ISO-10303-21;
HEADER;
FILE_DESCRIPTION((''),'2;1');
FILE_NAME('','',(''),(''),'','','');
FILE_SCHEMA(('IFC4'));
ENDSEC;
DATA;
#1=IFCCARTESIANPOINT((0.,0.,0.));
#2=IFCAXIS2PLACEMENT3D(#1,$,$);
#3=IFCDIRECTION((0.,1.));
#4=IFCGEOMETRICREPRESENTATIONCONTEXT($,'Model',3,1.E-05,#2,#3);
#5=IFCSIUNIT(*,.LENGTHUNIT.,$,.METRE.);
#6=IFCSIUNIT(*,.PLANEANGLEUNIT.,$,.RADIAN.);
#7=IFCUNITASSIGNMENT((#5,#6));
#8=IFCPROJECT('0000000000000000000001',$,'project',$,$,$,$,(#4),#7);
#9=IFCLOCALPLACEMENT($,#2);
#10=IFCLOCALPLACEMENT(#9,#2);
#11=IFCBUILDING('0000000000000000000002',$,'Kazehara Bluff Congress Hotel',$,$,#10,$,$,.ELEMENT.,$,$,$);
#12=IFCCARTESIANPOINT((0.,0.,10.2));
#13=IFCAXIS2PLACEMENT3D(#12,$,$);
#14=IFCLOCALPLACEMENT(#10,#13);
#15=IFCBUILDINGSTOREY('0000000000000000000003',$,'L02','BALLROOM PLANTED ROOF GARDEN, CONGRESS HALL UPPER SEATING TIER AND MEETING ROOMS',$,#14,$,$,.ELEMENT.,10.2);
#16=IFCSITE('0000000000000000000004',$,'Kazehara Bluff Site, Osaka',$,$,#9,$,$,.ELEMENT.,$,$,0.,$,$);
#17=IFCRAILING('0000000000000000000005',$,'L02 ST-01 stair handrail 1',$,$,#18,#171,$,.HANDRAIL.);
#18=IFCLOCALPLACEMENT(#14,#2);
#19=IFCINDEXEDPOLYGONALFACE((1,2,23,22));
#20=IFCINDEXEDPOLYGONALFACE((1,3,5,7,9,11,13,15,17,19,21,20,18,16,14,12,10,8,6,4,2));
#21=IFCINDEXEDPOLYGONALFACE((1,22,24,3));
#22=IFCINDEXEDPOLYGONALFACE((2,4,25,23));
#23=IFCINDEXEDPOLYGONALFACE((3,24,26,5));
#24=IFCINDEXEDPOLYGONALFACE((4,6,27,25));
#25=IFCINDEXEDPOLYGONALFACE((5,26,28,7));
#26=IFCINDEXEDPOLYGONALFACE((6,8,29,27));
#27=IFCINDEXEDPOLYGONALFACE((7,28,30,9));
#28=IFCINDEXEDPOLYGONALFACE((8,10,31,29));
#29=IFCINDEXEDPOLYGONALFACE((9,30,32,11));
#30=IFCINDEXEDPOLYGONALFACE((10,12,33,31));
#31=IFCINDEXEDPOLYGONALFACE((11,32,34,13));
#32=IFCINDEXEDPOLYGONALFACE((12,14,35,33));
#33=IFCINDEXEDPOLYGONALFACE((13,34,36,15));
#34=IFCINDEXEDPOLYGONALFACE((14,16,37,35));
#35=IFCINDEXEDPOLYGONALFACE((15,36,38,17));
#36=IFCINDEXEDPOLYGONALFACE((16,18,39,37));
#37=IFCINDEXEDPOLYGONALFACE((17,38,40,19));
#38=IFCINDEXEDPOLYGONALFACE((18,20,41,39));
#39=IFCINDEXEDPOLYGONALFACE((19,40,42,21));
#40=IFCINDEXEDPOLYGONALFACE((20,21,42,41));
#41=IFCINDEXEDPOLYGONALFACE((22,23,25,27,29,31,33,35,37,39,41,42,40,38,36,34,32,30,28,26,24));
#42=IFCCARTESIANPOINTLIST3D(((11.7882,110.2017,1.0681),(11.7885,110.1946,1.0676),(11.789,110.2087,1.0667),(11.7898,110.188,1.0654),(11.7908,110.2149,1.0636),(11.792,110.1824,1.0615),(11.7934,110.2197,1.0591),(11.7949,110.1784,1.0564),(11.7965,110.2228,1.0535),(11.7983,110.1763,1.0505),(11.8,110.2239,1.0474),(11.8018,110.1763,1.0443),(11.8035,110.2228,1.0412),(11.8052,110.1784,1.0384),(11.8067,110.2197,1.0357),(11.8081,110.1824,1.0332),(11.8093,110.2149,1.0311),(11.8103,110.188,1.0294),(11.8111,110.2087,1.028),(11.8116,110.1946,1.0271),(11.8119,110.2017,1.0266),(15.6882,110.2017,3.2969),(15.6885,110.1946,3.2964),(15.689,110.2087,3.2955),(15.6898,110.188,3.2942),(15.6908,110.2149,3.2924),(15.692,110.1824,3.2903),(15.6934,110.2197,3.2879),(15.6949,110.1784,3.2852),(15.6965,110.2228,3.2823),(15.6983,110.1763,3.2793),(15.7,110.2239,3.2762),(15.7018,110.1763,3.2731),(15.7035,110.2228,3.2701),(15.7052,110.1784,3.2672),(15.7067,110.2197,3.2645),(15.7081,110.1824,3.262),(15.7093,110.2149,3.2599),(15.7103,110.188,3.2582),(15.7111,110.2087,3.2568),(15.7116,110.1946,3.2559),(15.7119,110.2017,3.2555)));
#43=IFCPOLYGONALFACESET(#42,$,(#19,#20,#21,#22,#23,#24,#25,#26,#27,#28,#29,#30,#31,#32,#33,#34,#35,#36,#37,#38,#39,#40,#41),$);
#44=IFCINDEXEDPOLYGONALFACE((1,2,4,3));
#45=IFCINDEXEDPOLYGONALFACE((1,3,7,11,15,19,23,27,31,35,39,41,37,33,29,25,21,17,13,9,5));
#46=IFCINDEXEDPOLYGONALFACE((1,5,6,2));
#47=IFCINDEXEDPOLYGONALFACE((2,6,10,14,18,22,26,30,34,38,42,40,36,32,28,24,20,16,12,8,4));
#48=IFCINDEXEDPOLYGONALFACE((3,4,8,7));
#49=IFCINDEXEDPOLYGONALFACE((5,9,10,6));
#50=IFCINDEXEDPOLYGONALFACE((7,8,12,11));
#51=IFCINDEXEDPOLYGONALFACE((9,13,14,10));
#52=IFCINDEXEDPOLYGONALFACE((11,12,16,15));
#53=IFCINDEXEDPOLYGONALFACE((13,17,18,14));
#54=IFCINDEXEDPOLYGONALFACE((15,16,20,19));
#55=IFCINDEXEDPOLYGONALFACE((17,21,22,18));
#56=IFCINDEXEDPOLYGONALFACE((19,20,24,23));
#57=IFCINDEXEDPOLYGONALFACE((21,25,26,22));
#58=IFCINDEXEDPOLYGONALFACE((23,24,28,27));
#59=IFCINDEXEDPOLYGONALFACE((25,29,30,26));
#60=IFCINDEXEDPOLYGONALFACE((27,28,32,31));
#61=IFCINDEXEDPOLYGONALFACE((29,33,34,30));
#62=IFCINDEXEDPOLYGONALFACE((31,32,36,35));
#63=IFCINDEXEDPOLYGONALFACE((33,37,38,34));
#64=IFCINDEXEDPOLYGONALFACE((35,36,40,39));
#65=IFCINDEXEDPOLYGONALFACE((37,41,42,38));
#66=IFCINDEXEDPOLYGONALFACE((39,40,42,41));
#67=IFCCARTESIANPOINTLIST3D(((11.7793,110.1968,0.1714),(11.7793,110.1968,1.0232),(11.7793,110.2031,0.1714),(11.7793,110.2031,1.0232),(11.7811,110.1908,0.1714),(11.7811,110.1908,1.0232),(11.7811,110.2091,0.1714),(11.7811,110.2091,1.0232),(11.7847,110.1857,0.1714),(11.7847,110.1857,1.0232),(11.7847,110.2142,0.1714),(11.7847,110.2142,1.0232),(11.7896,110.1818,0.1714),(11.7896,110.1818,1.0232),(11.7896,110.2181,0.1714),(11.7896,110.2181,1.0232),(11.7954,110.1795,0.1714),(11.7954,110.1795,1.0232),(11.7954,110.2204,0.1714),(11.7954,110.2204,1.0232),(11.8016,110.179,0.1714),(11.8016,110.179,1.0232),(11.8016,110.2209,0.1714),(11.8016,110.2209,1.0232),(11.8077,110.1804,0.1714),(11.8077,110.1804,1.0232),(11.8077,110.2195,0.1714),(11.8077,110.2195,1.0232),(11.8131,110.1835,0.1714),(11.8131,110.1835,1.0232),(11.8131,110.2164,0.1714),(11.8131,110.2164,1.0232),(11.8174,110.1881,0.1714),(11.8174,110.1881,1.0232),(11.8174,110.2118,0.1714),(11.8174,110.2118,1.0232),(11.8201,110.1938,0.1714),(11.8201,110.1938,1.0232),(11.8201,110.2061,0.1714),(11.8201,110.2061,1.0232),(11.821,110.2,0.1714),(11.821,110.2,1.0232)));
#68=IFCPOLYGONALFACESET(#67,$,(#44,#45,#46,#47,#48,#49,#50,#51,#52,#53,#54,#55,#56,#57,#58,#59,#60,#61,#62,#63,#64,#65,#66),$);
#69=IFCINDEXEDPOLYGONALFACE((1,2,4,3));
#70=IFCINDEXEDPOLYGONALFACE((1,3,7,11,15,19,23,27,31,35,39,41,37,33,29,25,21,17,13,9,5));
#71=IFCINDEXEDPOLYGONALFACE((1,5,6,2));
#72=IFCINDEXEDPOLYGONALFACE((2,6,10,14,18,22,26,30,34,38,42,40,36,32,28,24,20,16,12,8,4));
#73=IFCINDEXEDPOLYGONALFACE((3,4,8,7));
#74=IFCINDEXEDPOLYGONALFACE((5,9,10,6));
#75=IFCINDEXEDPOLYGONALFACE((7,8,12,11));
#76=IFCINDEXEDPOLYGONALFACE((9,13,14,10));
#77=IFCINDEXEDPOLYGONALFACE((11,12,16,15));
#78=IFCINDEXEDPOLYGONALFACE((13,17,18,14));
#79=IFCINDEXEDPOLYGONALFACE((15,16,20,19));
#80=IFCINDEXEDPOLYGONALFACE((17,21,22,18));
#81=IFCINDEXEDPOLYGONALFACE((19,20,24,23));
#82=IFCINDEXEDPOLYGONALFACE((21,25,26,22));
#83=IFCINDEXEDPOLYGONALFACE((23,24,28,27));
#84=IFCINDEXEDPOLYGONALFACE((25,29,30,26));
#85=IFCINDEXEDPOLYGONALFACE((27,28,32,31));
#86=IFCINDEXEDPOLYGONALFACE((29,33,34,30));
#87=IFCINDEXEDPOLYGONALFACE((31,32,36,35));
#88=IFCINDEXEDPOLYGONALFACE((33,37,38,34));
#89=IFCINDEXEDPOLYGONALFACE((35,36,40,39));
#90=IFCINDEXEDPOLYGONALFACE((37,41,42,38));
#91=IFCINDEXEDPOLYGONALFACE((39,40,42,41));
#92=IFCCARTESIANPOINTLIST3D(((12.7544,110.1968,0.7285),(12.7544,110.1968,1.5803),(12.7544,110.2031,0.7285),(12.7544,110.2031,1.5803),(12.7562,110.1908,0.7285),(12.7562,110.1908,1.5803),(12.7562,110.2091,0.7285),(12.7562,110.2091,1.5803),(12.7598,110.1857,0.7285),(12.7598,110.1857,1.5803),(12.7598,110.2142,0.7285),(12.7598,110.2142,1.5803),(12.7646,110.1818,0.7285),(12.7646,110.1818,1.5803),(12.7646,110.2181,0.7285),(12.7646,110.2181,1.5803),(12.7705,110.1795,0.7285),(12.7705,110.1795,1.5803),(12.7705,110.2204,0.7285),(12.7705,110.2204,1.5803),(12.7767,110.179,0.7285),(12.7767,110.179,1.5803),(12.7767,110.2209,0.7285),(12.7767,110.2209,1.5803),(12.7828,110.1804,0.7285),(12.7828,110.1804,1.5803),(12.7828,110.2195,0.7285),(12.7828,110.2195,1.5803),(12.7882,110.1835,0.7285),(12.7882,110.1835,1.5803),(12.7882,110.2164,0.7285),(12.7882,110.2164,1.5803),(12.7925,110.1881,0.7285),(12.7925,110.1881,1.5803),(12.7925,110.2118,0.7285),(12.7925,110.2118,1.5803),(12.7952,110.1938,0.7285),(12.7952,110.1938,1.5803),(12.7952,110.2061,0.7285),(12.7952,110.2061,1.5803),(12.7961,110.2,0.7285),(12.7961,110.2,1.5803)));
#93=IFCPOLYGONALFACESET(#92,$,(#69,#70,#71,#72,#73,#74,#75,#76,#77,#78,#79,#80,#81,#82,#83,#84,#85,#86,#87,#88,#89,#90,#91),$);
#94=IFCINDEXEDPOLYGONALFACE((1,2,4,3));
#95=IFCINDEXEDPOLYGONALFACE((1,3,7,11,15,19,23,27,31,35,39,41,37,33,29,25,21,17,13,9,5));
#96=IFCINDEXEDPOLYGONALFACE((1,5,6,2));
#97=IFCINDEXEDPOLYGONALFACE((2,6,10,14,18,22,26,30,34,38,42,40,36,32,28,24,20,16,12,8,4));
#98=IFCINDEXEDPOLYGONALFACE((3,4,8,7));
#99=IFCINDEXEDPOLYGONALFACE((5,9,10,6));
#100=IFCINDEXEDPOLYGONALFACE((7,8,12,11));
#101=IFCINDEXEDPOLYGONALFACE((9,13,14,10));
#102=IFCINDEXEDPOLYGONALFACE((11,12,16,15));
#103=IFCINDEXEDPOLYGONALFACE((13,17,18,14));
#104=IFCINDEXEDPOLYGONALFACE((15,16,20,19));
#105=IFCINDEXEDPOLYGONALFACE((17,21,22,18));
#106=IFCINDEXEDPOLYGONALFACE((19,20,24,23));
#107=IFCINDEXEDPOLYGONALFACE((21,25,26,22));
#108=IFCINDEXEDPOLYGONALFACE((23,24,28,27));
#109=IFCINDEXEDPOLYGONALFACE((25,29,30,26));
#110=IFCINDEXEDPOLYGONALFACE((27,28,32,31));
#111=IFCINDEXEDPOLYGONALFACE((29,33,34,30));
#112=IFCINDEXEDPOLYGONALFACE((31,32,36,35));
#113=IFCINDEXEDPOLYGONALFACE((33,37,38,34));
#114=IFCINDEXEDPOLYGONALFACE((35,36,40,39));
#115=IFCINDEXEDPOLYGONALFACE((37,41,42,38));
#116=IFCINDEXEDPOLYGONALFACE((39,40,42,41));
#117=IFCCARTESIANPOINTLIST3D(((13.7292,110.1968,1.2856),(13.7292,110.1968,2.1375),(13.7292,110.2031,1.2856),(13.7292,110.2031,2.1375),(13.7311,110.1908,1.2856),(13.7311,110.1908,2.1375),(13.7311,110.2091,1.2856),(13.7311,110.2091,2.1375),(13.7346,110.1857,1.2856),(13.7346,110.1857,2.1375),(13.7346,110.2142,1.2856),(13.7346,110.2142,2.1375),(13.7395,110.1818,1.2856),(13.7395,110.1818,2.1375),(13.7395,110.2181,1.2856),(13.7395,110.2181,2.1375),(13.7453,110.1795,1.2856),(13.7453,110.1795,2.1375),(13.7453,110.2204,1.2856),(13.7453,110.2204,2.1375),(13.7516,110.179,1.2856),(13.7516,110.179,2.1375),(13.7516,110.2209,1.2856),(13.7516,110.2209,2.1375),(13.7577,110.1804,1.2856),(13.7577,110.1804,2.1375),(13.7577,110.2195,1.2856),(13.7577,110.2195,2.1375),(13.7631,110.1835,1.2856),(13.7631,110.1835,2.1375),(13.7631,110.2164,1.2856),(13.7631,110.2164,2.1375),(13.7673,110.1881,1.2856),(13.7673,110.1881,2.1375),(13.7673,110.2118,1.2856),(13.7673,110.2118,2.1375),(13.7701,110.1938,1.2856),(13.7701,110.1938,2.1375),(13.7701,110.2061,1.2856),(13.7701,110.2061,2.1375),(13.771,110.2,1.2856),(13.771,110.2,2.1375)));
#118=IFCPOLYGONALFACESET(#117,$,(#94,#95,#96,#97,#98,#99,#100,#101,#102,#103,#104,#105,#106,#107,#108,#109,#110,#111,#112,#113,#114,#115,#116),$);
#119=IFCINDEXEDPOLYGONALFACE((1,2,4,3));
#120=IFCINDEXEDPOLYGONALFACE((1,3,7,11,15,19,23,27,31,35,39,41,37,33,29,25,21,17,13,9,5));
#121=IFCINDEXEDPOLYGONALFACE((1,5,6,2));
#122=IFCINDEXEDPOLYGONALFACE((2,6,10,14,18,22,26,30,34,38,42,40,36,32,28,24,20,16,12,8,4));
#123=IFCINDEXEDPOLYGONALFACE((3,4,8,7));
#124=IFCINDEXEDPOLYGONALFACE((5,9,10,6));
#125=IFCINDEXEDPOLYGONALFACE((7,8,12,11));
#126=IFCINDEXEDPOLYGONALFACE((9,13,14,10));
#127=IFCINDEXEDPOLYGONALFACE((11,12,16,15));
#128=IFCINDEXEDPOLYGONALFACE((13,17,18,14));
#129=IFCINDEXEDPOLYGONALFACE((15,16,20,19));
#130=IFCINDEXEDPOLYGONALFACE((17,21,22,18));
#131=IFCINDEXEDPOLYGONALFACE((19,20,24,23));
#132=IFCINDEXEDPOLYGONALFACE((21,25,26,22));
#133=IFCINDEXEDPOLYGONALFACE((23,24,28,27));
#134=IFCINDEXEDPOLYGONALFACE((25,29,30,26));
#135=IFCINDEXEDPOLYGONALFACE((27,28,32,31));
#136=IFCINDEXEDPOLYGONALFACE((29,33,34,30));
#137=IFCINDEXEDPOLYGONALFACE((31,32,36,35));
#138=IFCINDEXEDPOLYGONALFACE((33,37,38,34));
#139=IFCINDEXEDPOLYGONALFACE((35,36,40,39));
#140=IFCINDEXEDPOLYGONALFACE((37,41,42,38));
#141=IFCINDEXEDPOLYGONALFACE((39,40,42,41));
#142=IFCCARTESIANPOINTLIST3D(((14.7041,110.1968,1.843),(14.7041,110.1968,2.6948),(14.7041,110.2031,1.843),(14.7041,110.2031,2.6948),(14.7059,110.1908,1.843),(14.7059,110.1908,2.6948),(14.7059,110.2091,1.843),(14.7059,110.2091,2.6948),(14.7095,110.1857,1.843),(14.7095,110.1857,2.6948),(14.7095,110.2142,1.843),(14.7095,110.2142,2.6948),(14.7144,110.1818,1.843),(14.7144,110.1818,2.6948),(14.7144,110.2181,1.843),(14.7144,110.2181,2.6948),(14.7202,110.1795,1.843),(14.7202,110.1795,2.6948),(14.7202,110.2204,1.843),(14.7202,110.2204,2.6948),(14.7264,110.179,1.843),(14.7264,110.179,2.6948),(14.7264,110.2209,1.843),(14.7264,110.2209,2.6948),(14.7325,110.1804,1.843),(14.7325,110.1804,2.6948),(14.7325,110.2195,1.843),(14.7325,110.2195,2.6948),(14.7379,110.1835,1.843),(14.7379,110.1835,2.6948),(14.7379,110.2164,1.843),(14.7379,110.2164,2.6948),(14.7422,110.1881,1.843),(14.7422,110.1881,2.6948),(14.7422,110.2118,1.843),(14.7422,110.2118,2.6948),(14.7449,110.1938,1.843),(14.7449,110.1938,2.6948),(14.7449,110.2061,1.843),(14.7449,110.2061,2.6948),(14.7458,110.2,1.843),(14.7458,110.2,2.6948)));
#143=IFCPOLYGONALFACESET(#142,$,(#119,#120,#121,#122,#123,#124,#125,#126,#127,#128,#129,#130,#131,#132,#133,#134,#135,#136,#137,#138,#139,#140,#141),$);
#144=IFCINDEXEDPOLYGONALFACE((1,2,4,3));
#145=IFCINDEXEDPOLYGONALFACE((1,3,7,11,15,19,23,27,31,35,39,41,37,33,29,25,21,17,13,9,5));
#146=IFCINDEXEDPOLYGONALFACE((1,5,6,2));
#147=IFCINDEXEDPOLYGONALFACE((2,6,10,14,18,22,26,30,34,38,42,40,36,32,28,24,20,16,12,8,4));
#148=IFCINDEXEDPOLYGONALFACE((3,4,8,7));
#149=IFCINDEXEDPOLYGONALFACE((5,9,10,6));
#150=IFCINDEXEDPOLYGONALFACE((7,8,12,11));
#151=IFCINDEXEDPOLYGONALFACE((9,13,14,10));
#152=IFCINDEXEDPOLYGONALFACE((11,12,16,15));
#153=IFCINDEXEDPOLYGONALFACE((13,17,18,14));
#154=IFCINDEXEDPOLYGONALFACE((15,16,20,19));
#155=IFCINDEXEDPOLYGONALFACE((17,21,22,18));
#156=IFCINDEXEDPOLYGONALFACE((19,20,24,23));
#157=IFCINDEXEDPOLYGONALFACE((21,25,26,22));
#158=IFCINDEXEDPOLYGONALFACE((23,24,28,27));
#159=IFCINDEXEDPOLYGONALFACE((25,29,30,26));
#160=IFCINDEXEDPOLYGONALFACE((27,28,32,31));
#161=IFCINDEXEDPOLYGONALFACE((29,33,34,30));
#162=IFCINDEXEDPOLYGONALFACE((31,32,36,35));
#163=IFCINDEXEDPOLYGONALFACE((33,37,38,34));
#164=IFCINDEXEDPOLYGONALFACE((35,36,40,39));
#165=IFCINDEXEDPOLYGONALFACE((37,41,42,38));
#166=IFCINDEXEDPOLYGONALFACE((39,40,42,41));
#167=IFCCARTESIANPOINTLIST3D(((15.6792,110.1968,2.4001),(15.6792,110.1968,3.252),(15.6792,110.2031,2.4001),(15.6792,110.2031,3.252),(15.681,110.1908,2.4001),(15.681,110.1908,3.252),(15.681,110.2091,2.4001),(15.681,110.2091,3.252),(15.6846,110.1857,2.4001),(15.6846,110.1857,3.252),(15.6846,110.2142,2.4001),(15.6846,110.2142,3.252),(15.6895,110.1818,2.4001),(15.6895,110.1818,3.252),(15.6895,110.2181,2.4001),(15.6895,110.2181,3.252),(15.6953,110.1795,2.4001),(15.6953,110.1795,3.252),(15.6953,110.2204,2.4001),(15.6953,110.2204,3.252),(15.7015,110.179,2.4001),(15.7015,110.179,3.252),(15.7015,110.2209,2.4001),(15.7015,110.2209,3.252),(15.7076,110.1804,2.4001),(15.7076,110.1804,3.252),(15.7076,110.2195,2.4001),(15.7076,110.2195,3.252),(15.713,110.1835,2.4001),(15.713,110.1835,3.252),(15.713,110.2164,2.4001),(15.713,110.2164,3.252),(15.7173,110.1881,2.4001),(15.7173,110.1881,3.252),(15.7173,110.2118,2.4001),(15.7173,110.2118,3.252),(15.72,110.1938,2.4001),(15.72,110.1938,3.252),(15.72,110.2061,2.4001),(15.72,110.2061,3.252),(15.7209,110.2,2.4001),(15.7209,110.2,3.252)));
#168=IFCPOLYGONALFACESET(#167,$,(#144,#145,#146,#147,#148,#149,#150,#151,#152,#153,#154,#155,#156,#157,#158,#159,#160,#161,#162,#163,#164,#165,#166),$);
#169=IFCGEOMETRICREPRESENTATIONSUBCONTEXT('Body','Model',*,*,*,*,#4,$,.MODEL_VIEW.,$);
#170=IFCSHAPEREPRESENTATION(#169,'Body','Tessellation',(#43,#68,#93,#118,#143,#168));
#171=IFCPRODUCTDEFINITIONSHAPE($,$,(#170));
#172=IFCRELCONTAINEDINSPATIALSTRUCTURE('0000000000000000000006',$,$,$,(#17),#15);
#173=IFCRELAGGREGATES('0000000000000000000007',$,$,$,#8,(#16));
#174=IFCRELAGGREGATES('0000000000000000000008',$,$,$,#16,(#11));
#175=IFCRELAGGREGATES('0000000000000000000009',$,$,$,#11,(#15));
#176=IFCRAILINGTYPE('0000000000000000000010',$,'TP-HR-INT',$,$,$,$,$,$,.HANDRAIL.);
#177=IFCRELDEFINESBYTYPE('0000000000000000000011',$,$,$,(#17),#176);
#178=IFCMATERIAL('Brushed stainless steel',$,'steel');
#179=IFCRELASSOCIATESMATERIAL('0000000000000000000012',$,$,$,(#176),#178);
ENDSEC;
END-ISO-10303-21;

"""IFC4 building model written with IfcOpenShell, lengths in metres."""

from ifc_helpers import new_model, si_unit, direction, frame, origin, origin_2d, place, context, subcontext, project, spatial, circle, extrude, material, type_object, element, save


model = new_model("IFC4")

# Units and contexts
model_context = context("Model", 3, precision=1e-05, world=origin(), true_north=direction((0.0, 1.0)))
body_context = subcontext(model_context, "Body", "Model", "MODEL_VIEW")
ifc_project = project(units=[si_unit("LENGTHUNIT", "METRE"), si_unit("PLANEANGLEUNIT", "RADIAN")], contexts=[model_context])

# Site, building, storey
site_placement = place(None, origin())
site = spatial("IfcSite", under=ifc_project, at=site_placement, Name="Kazehara Bluff Site, Osaka", CompositionType="ELEMENT", RefElevation=0.0)
building_placement = place(site_placement, origin())
building = spatial("IfcBuilding", under=site, at=building_placement, Name="Kazehara Bluff Congress Hotel", CompositionType="ELEMENT")
storey_placement = place(building_placement, frame((0.0, 0.0, 10.2)))
storey = spatial("IfcBuildingStorey", under=building, at=storey_placement, Name="L02", Description="BALLROOM PLANTED ROOF GARDEN, CONGRESS HALL UPPER SEATING TIER AND MEETING ROOMS", CompositionType="ELEMENT", Elevation=10.2)

# Railing
ifc_material_1 = material(Name="Brushed stainless steel", Category="steel")
railing_type_1 = type_object("IfcRailingType", Name="TP-HR-INT", PredefinedType="HANDRAIL", material=ifc_material_1)
railing_1_placement = place(storey_placement, frame((11.8, 110.2, 0.1714)))
element("IfcRailing", 1, at=railing_1_placement, inside=storey, type_object=railing_type_1, Name="L02 ST-01 stair handrail 1", PredefinedType="HANDRAIL", context=body_context, shape_type="SweptSolid", body=[
    extrude(circle(Radius=0.0239, at=origin_2d()), frame((0.0, 0.0, 0.876), z_axis=(0.86822, 0.0, 0.49618), x_axis=(0.0, 1.0, 0.0)), (0.0, 0.0, 1.0), 4.4919),
    extrude(circle(Radius=0.021, at=origin_2d()), origin(), (0.0, 0.0, 1.0), 0.8518),
    extrude(circle(Radius=0.021, at=origin_2d()), frame((0.9751, 0.0, 0.5571)), (0.0, 0.0, 1.0), 0.8518),
    extrude(circle(Radius=0.021, at=origin_2d()), frame((1.95, 0.0, 1.1143)), (0.0, 0.0, 1.0), 0.8518),
    extrude(circle(Radius=0.021, at=origin_2d()), frame((2.9248, 0.0, 1.6716)), (0.0, 0.0, 1.0), 0.8518),
    extrude(circle(Radius=0.021, at=origin_2d()), frame((3.8999, 0.0, 2.2288)), (0.0, 0.0, 1.0), 0.8518),
])

save(model, "model.ifc")
